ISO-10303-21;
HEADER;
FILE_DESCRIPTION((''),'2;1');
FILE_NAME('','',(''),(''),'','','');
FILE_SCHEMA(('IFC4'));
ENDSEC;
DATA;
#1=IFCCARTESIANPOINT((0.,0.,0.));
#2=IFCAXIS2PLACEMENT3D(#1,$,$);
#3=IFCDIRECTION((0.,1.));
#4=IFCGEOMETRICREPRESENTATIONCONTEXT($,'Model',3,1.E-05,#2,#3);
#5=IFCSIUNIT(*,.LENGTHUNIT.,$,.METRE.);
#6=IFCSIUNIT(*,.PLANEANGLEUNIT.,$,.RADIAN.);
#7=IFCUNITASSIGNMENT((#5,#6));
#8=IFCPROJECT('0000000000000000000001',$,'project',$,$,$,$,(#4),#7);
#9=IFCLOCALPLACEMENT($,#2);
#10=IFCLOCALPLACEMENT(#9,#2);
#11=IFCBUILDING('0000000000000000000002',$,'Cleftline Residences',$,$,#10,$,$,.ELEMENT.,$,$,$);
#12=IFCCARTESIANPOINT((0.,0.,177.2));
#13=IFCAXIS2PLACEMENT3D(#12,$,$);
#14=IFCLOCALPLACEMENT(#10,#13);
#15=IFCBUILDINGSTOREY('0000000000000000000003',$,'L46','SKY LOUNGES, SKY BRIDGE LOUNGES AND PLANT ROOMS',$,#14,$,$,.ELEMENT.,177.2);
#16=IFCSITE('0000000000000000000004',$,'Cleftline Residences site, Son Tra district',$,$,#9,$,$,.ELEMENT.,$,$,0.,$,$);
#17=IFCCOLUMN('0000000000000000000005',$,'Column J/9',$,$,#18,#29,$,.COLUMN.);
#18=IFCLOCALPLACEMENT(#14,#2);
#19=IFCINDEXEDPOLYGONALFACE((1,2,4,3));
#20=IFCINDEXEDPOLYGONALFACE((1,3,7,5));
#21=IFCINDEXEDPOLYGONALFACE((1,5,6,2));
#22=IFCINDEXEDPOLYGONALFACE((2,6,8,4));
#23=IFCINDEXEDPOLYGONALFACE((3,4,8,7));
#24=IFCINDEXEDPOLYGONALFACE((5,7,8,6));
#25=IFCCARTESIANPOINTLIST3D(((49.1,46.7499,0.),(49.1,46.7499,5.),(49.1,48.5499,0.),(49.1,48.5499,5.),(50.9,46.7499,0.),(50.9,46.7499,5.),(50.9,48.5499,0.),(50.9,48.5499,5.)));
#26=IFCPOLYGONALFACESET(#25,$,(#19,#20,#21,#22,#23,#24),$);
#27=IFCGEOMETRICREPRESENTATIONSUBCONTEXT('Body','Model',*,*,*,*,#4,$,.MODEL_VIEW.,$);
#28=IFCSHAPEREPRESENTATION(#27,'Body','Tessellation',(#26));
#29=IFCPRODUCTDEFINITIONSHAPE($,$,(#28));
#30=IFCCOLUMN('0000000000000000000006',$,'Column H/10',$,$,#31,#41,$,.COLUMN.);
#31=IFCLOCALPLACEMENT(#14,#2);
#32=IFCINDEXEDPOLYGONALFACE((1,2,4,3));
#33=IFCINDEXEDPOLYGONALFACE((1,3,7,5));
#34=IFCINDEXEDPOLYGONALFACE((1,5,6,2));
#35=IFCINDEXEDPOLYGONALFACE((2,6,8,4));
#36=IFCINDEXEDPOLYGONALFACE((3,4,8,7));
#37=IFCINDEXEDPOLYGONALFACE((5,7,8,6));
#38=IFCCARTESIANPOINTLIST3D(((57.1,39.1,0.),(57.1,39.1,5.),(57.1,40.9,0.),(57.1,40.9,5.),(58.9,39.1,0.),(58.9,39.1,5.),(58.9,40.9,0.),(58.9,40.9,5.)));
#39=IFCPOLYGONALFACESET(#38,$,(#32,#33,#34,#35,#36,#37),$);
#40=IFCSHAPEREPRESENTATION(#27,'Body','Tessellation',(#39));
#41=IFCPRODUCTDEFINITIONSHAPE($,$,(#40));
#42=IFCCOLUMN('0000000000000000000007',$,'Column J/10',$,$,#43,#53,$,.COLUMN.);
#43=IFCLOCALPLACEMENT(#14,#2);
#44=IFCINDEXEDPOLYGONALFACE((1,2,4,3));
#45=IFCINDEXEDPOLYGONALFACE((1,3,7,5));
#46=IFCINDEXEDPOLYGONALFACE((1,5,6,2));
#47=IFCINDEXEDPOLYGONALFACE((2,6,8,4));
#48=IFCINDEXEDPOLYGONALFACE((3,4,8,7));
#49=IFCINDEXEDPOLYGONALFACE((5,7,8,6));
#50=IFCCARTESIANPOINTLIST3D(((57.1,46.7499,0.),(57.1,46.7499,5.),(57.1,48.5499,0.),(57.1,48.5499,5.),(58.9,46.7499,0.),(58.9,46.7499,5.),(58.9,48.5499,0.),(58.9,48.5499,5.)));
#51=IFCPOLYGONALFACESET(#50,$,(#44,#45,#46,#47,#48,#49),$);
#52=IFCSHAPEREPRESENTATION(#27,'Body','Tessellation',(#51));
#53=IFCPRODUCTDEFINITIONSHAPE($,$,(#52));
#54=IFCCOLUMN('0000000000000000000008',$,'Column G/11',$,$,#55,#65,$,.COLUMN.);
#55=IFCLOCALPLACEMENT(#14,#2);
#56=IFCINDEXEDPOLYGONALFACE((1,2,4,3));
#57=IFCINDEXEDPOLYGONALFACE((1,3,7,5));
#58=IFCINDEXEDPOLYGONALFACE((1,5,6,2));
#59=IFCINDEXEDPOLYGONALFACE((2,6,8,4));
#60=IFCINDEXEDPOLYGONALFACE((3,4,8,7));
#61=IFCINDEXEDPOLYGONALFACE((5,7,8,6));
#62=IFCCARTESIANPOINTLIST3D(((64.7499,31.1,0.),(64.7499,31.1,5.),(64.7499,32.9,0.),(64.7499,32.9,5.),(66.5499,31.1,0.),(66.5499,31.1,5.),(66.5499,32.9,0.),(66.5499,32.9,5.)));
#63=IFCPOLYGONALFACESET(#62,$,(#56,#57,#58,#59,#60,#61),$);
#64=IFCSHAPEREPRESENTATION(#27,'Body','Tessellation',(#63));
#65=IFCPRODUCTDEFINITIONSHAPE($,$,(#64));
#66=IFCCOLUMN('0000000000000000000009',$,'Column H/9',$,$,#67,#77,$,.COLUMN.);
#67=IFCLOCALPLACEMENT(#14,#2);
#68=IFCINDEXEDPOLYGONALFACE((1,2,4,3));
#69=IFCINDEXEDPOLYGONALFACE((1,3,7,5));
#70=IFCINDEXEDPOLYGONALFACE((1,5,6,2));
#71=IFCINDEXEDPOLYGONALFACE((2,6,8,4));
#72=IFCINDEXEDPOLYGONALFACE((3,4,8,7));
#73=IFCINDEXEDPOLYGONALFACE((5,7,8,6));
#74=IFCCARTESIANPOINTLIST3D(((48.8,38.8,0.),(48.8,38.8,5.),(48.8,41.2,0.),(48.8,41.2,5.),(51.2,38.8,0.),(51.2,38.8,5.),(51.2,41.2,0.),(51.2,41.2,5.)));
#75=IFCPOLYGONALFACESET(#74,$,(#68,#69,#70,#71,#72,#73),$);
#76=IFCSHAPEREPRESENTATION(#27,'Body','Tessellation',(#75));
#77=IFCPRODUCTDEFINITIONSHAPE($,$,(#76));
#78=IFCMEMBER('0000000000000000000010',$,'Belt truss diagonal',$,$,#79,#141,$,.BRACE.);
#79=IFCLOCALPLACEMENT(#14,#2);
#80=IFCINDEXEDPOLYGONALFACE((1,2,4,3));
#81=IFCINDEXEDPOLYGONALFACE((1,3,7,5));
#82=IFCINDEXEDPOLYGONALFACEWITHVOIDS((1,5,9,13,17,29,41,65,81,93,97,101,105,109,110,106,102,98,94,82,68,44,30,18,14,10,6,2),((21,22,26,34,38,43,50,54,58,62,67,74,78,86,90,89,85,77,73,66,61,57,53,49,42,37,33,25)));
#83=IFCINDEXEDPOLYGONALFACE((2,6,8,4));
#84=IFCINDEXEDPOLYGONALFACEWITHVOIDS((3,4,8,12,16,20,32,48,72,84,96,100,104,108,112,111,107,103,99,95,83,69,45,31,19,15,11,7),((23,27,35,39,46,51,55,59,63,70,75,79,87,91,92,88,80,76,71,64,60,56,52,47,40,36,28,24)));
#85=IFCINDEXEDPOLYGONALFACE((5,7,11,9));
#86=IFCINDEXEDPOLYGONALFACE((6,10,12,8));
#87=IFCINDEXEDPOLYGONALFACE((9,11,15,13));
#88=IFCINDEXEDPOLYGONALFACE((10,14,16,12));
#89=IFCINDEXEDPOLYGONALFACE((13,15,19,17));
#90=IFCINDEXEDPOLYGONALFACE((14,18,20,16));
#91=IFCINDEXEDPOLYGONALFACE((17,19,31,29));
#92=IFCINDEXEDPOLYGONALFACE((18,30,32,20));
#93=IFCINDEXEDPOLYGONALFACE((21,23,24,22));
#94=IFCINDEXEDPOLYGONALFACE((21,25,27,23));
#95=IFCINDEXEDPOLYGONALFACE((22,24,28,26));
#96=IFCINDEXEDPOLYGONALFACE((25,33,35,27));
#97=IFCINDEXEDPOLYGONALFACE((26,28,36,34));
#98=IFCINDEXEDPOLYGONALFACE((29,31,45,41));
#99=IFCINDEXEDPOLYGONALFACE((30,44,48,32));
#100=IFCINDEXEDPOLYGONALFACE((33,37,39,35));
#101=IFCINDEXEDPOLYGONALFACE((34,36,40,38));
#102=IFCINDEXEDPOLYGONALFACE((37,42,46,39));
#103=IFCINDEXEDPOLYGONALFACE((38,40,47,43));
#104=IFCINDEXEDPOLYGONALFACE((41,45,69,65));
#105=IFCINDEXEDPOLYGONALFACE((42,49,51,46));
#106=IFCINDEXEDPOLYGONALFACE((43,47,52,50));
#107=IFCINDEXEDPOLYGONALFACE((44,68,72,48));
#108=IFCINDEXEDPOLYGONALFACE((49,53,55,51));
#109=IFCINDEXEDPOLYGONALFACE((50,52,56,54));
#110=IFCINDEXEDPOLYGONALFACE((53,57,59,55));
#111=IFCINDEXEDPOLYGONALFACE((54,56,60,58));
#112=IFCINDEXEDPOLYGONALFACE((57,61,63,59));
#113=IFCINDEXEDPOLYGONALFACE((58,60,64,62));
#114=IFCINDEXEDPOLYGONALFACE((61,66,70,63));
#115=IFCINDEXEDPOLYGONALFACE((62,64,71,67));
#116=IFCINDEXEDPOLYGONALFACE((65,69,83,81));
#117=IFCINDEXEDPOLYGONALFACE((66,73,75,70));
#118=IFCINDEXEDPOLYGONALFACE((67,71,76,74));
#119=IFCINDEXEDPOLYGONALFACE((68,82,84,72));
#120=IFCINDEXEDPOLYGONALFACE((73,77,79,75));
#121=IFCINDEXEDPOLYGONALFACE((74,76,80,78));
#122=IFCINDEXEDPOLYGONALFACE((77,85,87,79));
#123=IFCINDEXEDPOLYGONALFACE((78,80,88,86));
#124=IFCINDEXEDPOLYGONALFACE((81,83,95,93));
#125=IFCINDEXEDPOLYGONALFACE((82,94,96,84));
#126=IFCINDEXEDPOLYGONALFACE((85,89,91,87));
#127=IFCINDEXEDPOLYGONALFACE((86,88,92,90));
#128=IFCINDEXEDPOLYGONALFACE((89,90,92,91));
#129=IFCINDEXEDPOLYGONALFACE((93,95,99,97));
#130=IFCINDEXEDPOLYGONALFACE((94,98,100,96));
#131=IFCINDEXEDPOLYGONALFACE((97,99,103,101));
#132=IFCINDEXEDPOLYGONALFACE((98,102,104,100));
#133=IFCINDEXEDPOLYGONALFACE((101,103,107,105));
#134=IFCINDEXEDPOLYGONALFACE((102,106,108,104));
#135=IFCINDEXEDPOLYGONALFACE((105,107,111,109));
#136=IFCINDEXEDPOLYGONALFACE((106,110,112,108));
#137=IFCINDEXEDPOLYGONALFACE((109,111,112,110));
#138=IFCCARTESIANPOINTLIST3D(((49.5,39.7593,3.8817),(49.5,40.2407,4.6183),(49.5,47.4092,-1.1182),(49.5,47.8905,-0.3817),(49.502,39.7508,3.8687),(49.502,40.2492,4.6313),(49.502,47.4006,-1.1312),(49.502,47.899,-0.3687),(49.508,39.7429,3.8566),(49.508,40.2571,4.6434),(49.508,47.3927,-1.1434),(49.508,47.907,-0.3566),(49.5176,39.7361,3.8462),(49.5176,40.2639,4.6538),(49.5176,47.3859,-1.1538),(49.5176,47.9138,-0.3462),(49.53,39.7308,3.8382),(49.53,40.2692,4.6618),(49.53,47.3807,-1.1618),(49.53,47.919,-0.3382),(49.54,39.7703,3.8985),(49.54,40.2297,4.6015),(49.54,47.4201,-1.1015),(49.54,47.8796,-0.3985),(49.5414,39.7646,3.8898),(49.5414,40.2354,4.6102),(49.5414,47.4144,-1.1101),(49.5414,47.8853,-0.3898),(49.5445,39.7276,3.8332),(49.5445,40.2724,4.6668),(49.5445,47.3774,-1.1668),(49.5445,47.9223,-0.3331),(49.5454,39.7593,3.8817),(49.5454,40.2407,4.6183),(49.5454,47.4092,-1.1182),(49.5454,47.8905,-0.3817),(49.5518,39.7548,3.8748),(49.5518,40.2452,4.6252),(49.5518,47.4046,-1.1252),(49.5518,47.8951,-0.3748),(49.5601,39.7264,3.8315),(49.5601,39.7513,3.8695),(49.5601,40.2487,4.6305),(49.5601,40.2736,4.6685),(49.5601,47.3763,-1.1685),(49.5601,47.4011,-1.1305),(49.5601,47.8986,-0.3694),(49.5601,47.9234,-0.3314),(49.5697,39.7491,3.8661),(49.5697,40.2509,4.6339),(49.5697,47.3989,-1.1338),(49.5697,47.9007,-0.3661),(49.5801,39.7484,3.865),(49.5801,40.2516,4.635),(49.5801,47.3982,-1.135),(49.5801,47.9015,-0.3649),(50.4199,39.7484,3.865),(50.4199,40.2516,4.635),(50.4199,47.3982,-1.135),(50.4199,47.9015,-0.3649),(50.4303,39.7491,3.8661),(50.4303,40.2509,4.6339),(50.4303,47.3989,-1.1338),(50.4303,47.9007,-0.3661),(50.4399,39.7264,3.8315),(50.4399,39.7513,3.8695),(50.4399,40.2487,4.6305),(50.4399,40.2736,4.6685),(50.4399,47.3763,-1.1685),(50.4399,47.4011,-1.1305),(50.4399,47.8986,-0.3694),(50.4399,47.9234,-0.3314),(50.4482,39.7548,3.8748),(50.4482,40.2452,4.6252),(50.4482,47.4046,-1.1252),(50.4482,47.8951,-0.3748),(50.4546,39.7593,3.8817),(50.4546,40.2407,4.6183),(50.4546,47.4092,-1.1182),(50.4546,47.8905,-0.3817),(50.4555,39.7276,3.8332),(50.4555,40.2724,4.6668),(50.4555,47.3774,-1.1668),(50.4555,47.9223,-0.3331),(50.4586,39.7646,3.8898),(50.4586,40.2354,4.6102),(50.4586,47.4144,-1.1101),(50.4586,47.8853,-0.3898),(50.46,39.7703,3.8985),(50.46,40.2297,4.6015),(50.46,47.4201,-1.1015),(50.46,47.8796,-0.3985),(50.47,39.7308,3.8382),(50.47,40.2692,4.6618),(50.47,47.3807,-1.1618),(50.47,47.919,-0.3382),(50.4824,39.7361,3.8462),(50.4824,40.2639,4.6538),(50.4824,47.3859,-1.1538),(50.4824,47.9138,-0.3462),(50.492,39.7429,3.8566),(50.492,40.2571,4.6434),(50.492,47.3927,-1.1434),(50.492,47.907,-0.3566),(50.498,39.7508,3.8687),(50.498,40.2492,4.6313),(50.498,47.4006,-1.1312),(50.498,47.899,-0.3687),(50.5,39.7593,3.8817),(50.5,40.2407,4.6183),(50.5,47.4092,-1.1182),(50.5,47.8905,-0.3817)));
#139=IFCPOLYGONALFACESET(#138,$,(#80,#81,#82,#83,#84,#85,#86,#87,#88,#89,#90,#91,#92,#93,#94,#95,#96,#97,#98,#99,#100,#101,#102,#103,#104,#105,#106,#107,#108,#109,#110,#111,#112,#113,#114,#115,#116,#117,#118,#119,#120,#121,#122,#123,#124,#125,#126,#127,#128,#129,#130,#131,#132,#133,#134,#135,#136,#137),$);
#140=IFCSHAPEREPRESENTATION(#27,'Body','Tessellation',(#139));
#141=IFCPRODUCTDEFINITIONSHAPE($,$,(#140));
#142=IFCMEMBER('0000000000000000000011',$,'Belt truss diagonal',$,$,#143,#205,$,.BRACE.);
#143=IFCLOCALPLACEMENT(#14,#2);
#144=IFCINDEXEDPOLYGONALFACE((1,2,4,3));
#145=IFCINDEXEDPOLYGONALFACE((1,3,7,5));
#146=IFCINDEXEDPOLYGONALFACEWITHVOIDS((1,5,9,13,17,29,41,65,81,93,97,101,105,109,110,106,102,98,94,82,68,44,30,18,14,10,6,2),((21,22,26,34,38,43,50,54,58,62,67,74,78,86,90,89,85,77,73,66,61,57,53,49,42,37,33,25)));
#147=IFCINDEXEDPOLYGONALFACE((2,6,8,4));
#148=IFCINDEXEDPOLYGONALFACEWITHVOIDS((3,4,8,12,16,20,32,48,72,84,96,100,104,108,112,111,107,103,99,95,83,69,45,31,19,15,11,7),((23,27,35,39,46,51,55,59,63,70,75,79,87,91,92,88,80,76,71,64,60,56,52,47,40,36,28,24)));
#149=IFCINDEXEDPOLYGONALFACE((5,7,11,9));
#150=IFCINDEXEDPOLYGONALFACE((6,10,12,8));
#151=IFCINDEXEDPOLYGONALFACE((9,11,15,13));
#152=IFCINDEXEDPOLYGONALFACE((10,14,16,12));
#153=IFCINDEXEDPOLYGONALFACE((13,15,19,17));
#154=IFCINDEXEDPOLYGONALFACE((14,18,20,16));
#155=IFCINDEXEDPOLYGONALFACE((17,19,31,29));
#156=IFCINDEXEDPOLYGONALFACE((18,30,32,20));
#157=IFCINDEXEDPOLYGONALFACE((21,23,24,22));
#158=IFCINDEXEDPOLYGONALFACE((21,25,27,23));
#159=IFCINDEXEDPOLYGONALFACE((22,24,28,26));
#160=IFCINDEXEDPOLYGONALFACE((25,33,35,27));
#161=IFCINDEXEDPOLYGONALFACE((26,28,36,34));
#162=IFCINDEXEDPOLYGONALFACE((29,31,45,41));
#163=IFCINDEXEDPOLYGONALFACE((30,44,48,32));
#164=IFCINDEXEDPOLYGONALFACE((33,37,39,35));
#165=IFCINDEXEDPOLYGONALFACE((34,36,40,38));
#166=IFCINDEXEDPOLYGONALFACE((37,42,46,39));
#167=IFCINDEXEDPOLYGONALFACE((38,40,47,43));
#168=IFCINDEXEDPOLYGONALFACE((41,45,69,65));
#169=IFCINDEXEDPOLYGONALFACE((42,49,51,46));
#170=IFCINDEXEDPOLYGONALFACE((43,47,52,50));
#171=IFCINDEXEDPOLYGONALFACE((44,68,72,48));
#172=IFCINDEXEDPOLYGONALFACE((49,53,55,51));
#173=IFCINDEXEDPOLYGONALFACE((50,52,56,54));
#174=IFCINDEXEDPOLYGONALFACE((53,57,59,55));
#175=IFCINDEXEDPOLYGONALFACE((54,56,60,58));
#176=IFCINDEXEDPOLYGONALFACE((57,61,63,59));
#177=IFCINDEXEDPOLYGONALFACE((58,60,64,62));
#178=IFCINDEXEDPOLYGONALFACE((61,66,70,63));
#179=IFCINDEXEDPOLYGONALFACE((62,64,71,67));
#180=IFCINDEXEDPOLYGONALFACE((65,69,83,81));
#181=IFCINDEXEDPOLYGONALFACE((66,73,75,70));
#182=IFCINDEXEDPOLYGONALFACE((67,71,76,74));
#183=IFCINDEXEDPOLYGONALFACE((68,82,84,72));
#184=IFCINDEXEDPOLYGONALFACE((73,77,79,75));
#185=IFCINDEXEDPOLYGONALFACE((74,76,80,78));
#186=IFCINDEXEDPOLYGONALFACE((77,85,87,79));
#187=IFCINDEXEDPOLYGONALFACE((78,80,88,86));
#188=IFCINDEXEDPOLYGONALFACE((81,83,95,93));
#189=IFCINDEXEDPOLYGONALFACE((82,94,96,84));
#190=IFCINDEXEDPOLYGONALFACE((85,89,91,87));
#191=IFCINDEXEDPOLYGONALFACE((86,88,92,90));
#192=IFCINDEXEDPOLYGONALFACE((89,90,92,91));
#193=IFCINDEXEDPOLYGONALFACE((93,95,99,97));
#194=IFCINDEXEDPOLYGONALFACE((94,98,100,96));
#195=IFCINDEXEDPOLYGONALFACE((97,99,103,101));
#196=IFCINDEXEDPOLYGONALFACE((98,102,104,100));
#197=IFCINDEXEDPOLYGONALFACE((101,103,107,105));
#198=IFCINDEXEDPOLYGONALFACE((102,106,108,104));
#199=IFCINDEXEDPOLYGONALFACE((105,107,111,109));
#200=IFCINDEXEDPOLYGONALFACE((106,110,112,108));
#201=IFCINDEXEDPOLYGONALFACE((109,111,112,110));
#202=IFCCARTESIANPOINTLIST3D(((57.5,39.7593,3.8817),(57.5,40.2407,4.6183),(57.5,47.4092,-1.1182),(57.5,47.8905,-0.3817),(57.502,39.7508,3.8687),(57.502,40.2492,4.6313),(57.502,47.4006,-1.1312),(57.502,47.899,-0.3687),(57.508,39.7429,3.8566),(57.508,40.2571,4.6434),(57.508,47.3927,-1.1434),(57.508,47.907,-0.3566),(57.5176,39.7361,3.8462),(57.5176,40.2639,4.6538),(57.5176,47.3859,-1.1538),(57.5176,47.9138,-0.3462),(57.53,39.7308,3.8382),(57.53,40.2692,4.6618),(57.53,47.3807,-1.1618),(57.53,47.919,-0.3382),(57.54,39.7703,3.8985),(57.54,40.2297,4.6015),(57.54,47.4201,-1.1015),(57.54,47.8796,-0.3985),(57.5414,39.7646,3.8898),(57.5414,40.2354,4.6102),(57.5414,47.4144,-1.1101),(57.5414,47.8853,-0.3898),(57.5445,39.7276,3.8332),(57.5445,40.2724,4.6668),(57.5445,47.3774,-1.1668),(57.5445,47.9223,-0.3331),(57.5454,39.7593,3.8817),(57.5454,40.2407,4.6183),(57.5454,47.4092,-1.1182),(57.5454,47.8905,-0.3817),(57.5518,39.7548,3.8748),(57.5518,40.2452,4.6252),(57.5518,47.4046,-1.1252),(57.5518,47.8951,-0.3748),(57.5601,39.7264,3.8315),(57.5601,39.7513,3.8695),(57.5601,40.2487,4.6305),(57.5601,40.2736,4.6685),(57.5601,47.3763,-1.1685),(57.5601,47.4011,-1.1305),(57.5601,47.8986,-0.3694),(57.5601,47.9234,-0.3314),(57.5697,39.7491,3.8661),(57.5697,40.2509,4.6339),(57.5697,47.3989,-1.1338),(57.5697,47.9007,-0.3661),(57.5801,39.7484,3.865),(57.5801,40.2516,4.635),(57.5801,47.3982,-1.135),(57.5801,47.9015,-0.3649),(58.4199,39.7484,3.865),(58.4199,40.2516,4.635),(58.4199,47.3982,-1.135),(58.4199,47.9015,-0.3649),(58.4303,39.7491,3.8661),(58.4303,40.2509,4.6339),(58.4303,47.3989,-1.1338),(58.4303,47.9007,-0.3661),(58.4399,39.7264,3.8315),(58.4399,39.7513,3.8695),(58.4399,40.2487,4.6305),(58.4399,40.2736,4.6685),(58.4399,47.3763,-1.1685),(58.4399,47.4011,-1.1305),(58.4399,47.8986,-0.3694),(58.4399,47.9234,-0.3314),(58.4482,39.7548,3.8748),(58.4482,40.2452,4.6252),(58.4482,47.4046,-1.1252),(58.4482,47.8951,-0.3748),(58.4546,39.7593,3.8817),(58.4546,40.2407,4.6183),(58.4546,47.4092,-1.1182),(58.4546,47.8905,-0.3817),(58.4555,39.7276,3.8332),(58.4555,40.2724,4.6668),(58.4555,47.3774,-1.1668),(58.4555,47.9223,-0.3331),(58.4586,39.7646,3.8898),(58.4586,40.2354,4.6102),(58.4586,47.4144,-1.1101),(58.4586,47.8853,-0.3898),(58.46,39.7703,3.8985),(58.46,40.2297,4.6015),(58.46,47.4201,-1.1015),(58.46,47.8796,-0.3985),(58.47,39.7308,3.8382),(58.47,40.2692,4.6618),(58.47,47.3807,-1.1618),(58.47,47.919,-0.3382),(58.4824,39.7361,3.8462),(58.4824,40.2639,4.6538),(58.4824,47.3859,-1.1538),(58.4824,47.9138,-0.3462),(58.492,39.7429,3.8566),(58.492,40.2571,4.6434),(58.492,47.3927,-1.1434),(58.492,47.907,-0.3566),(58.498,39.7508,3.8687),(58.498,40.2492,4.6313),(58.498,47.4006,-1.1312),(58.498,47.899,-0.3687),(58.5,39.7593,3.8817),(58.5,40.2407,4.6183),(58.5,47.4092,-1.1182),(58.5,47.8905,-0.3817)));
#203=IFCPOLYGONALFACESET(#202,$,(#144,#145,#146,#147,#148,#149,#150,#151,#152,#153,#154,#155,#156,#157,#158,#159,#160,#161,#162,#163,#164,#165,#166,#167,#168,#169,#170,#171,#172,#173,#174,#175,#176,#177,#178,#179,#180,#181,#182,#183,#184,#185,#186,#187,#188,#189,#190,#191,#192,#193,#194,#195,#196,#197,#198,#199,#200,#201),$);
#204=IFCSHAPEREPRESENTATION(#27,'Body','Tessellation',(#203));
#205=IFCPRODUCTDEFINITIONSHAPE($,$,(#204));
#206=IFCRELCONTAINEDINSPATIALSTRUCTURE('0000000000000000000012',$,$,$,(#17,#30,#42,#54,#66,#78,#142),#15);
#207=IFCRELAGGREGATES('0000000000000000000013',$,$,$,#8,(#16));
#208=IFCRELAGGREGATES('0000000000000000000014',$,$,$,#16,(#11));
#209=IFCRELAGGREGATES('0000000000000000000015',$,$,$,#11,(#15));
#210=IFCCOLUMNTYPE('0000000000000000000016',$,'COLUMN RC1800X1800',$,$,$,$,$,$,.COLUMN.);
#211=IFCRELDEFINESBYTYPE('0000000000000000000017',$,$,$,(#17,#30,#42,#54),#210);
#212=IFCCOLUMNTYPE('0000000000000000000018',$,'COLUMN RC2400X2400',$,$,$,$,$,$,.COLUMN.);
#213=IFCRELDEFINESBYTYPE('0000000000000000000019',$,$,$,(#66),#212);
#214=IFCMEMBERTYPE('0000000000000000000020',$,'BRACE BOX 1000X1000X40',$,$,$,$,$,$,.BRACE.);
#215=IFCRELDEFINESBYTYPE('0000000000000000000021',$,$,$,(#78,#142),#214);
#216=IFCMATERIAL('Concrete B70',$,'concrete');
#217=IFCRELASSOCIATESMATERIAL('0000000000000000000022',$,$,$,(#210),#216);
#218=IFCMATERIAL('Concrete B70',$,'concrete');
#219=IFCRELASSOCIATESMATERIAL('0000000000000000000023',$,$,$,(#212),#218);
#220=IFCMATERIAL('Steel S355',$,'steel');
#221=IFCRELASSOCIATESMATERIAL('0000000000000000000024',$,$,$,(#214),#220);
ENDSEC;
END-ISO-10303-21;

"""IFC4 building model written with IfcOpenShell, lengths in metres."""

from ifc_helpers import new_model, si_unit, direction, frame, origin, origin_2d, place, context, subcontext, project, spatial, rectangle, hollow_rectangle, extrude, material, material_profile, profile_set, type_object, element, save


model = new_model("IFC4")

# Units and contexts
model_context = context("Model", 3, precision=1e-05, world=origin(), true_north=direction((0.0, 1.0)))
body_context = subcontext(model_context, "Body", "Model", "MODEL_VIEW")
ifc_project = project(units=[si_unit("LENGTHUNIT", "METRE"), si_unit("PLANEANGLEUNIT", "RADIAN")], contexts=[model_context])

# Site, building, storey
site_placement = place(None, origin())
site = spatial("IfcSite", under=ifc_project, at=site_placement, Name="Cleftline Residences site, Son Tra district", CompositionType="ELEMENT", RefElevation=0.0)
building_placement = place(site_placement, origin())
building = spatial("IfcBuilding", under=site, at=building_placement, Name="Cleftline Residences", CompositionType="ELEMENT")
storey_placement = place(building_placement, frame((0.0, 0.0, 177.2)))
storey = spatial("IfcBuildingStorey", under=building, at=storey_placement, Name="L46", Description="SKY LOUNGES, SKY BRIDGE LOUNGES AND PLANT ROOMS", CompositionType="ELEMENT", Elevation=177.2)

# Columns
ifc_material_1 = material(Name="Concrete B70", Category="concrete")
ifc_material_profile_1 = material_profile(ifc_material_1, rectangle(XDim=1.8, YDim=1.8, at=origin_2d()))
ifc_profile_set_1 = profile_set([ifc_material_profile_1], Name="Concrete B70")
column_type_1 = type_object("IfcColumnType", Name="COLUMN RC1800X1800", PredefinedType="COLUMN", material=ifc_profile_set_1)
for number, where, z_axis, x_axis, name in (
    (1, (50.0, 47.6499, 0.0), (0.0, 0.0, 1.0), (1.0, 0.0, 0.0), "Column J/9"),
    (2, (58.0, 40.0, 0.0), (0.0, 0.0, 1.0), (1.0, 0.0, 0.0), "Column H/10"),
    (3, (58.0, 47.6499, 0.0), (0.0, 0.0, 1.0), (1.0, 0.0, 0.0), "Column J/10"),
    (4, (65.6499, 32.0, 0.0), (0.0, 0.0, 1.0), (1.0, 0.0, 0.0), "Column G/11"),
):
    element("IfcColumn", number, at=place(storey_placement, frame(where, z_axis=z_axis, x_axis=x_axis)), inside=storey, type_object=column_type_1, Name=name, PredefinedType="COLUMN", context=body_context, shape_type="SweptSolid", body=[
        extrude(rectangle(XDim=1.8, YDim=1.8, at=origin_2d()), origin(), (0.0, 0.0, 1.0), 5.0),
    ])
ifc_material_2 = material(Name="Concrete B70", Category="concrete")
ifc_material_profile_2 = material_profile(ifc_material_2, rectangle(XDim=2.3999, YDim=2.3999, at=origin_2d()))
ifc_profile_set_2 = profile_set([ifc_material_profile_2], Name="Concrete B70")
column_type_2 = type_object("IfcColumnType", Name="COLUMN RC2400X2400", PredefinedType="COLUMN", material=ifc_profile_set_2)
column_placement = place(storey_placement, frame((50.0, 40.0, 0.0), z_axis=(0.0, 0.0, 1.0), x_axis=(1.0, 0.0, 0.0)))
element("IfcColumn", 5, at=column_placement, inside=storey, type_object=column_type_2, Name="Column H/9", PredefinedType="COLUMN", context=body_context, shape_type="SweptSolid", body=[
    extrude(rectangle(XDim=2.3999, YDim=2.3999, at=origin_2d()), origin(), (0.0, 0.0, 1.0), 5.0),
])

# Members
ifc_material_3 = material(Name="Steel S355", Category="steel")
ifc_material_profile_3 = material_profile(ifc_material_3, hollow_rectangle(XDim=1.0, YDim=1.0, WallThickness=0.04, InnerFilletRadius=0.04, OuterFilletRadius=0.0601, at=origin_2d()))
ifc_profile_set_3 = profile_set([ifc_material_profile_3], Name="Steel S355")
member_type_1 = type_object("IfcMemberType", Name="BRACE BOX 1000X1000X40", PredefinedType="BRACE", material=ifc_profile_set_3)
for number, where, z_axis, x_axis, name in (
    (6, (50.0, 40.0, 4.25), (0.0, 0.837063, -0.547107), (0.0, 0.547107, 0.837063), "Belt truss diagonal"),
    (7, (58.0, 40.0, 4.25), (0.0, 0.837063, -0.547107), (0.0, 0.547107, 0.837063), "Belt truss diagonal"),
):
    element("IfcMember", number, at=place(storey_placement, frame(where, z_axis=z_axis, x_axis=x_axis)), inside=storey, type_object=member_type_1, Name=name, PredefinedType="BRACE", context=body_context, shape_type="SweptSolid", body=[
        extrude(hollow_rectangle(XDim=1.0, YDim=1.0, WallThickness=0.04, InnerFilletRadius=0.04, OuterFilletRadius=0.0601, at=origin_2d()), origin(), (0.0, 0.0, 1.0), 9.1389),
    ])

save(model, "model.ifc")
